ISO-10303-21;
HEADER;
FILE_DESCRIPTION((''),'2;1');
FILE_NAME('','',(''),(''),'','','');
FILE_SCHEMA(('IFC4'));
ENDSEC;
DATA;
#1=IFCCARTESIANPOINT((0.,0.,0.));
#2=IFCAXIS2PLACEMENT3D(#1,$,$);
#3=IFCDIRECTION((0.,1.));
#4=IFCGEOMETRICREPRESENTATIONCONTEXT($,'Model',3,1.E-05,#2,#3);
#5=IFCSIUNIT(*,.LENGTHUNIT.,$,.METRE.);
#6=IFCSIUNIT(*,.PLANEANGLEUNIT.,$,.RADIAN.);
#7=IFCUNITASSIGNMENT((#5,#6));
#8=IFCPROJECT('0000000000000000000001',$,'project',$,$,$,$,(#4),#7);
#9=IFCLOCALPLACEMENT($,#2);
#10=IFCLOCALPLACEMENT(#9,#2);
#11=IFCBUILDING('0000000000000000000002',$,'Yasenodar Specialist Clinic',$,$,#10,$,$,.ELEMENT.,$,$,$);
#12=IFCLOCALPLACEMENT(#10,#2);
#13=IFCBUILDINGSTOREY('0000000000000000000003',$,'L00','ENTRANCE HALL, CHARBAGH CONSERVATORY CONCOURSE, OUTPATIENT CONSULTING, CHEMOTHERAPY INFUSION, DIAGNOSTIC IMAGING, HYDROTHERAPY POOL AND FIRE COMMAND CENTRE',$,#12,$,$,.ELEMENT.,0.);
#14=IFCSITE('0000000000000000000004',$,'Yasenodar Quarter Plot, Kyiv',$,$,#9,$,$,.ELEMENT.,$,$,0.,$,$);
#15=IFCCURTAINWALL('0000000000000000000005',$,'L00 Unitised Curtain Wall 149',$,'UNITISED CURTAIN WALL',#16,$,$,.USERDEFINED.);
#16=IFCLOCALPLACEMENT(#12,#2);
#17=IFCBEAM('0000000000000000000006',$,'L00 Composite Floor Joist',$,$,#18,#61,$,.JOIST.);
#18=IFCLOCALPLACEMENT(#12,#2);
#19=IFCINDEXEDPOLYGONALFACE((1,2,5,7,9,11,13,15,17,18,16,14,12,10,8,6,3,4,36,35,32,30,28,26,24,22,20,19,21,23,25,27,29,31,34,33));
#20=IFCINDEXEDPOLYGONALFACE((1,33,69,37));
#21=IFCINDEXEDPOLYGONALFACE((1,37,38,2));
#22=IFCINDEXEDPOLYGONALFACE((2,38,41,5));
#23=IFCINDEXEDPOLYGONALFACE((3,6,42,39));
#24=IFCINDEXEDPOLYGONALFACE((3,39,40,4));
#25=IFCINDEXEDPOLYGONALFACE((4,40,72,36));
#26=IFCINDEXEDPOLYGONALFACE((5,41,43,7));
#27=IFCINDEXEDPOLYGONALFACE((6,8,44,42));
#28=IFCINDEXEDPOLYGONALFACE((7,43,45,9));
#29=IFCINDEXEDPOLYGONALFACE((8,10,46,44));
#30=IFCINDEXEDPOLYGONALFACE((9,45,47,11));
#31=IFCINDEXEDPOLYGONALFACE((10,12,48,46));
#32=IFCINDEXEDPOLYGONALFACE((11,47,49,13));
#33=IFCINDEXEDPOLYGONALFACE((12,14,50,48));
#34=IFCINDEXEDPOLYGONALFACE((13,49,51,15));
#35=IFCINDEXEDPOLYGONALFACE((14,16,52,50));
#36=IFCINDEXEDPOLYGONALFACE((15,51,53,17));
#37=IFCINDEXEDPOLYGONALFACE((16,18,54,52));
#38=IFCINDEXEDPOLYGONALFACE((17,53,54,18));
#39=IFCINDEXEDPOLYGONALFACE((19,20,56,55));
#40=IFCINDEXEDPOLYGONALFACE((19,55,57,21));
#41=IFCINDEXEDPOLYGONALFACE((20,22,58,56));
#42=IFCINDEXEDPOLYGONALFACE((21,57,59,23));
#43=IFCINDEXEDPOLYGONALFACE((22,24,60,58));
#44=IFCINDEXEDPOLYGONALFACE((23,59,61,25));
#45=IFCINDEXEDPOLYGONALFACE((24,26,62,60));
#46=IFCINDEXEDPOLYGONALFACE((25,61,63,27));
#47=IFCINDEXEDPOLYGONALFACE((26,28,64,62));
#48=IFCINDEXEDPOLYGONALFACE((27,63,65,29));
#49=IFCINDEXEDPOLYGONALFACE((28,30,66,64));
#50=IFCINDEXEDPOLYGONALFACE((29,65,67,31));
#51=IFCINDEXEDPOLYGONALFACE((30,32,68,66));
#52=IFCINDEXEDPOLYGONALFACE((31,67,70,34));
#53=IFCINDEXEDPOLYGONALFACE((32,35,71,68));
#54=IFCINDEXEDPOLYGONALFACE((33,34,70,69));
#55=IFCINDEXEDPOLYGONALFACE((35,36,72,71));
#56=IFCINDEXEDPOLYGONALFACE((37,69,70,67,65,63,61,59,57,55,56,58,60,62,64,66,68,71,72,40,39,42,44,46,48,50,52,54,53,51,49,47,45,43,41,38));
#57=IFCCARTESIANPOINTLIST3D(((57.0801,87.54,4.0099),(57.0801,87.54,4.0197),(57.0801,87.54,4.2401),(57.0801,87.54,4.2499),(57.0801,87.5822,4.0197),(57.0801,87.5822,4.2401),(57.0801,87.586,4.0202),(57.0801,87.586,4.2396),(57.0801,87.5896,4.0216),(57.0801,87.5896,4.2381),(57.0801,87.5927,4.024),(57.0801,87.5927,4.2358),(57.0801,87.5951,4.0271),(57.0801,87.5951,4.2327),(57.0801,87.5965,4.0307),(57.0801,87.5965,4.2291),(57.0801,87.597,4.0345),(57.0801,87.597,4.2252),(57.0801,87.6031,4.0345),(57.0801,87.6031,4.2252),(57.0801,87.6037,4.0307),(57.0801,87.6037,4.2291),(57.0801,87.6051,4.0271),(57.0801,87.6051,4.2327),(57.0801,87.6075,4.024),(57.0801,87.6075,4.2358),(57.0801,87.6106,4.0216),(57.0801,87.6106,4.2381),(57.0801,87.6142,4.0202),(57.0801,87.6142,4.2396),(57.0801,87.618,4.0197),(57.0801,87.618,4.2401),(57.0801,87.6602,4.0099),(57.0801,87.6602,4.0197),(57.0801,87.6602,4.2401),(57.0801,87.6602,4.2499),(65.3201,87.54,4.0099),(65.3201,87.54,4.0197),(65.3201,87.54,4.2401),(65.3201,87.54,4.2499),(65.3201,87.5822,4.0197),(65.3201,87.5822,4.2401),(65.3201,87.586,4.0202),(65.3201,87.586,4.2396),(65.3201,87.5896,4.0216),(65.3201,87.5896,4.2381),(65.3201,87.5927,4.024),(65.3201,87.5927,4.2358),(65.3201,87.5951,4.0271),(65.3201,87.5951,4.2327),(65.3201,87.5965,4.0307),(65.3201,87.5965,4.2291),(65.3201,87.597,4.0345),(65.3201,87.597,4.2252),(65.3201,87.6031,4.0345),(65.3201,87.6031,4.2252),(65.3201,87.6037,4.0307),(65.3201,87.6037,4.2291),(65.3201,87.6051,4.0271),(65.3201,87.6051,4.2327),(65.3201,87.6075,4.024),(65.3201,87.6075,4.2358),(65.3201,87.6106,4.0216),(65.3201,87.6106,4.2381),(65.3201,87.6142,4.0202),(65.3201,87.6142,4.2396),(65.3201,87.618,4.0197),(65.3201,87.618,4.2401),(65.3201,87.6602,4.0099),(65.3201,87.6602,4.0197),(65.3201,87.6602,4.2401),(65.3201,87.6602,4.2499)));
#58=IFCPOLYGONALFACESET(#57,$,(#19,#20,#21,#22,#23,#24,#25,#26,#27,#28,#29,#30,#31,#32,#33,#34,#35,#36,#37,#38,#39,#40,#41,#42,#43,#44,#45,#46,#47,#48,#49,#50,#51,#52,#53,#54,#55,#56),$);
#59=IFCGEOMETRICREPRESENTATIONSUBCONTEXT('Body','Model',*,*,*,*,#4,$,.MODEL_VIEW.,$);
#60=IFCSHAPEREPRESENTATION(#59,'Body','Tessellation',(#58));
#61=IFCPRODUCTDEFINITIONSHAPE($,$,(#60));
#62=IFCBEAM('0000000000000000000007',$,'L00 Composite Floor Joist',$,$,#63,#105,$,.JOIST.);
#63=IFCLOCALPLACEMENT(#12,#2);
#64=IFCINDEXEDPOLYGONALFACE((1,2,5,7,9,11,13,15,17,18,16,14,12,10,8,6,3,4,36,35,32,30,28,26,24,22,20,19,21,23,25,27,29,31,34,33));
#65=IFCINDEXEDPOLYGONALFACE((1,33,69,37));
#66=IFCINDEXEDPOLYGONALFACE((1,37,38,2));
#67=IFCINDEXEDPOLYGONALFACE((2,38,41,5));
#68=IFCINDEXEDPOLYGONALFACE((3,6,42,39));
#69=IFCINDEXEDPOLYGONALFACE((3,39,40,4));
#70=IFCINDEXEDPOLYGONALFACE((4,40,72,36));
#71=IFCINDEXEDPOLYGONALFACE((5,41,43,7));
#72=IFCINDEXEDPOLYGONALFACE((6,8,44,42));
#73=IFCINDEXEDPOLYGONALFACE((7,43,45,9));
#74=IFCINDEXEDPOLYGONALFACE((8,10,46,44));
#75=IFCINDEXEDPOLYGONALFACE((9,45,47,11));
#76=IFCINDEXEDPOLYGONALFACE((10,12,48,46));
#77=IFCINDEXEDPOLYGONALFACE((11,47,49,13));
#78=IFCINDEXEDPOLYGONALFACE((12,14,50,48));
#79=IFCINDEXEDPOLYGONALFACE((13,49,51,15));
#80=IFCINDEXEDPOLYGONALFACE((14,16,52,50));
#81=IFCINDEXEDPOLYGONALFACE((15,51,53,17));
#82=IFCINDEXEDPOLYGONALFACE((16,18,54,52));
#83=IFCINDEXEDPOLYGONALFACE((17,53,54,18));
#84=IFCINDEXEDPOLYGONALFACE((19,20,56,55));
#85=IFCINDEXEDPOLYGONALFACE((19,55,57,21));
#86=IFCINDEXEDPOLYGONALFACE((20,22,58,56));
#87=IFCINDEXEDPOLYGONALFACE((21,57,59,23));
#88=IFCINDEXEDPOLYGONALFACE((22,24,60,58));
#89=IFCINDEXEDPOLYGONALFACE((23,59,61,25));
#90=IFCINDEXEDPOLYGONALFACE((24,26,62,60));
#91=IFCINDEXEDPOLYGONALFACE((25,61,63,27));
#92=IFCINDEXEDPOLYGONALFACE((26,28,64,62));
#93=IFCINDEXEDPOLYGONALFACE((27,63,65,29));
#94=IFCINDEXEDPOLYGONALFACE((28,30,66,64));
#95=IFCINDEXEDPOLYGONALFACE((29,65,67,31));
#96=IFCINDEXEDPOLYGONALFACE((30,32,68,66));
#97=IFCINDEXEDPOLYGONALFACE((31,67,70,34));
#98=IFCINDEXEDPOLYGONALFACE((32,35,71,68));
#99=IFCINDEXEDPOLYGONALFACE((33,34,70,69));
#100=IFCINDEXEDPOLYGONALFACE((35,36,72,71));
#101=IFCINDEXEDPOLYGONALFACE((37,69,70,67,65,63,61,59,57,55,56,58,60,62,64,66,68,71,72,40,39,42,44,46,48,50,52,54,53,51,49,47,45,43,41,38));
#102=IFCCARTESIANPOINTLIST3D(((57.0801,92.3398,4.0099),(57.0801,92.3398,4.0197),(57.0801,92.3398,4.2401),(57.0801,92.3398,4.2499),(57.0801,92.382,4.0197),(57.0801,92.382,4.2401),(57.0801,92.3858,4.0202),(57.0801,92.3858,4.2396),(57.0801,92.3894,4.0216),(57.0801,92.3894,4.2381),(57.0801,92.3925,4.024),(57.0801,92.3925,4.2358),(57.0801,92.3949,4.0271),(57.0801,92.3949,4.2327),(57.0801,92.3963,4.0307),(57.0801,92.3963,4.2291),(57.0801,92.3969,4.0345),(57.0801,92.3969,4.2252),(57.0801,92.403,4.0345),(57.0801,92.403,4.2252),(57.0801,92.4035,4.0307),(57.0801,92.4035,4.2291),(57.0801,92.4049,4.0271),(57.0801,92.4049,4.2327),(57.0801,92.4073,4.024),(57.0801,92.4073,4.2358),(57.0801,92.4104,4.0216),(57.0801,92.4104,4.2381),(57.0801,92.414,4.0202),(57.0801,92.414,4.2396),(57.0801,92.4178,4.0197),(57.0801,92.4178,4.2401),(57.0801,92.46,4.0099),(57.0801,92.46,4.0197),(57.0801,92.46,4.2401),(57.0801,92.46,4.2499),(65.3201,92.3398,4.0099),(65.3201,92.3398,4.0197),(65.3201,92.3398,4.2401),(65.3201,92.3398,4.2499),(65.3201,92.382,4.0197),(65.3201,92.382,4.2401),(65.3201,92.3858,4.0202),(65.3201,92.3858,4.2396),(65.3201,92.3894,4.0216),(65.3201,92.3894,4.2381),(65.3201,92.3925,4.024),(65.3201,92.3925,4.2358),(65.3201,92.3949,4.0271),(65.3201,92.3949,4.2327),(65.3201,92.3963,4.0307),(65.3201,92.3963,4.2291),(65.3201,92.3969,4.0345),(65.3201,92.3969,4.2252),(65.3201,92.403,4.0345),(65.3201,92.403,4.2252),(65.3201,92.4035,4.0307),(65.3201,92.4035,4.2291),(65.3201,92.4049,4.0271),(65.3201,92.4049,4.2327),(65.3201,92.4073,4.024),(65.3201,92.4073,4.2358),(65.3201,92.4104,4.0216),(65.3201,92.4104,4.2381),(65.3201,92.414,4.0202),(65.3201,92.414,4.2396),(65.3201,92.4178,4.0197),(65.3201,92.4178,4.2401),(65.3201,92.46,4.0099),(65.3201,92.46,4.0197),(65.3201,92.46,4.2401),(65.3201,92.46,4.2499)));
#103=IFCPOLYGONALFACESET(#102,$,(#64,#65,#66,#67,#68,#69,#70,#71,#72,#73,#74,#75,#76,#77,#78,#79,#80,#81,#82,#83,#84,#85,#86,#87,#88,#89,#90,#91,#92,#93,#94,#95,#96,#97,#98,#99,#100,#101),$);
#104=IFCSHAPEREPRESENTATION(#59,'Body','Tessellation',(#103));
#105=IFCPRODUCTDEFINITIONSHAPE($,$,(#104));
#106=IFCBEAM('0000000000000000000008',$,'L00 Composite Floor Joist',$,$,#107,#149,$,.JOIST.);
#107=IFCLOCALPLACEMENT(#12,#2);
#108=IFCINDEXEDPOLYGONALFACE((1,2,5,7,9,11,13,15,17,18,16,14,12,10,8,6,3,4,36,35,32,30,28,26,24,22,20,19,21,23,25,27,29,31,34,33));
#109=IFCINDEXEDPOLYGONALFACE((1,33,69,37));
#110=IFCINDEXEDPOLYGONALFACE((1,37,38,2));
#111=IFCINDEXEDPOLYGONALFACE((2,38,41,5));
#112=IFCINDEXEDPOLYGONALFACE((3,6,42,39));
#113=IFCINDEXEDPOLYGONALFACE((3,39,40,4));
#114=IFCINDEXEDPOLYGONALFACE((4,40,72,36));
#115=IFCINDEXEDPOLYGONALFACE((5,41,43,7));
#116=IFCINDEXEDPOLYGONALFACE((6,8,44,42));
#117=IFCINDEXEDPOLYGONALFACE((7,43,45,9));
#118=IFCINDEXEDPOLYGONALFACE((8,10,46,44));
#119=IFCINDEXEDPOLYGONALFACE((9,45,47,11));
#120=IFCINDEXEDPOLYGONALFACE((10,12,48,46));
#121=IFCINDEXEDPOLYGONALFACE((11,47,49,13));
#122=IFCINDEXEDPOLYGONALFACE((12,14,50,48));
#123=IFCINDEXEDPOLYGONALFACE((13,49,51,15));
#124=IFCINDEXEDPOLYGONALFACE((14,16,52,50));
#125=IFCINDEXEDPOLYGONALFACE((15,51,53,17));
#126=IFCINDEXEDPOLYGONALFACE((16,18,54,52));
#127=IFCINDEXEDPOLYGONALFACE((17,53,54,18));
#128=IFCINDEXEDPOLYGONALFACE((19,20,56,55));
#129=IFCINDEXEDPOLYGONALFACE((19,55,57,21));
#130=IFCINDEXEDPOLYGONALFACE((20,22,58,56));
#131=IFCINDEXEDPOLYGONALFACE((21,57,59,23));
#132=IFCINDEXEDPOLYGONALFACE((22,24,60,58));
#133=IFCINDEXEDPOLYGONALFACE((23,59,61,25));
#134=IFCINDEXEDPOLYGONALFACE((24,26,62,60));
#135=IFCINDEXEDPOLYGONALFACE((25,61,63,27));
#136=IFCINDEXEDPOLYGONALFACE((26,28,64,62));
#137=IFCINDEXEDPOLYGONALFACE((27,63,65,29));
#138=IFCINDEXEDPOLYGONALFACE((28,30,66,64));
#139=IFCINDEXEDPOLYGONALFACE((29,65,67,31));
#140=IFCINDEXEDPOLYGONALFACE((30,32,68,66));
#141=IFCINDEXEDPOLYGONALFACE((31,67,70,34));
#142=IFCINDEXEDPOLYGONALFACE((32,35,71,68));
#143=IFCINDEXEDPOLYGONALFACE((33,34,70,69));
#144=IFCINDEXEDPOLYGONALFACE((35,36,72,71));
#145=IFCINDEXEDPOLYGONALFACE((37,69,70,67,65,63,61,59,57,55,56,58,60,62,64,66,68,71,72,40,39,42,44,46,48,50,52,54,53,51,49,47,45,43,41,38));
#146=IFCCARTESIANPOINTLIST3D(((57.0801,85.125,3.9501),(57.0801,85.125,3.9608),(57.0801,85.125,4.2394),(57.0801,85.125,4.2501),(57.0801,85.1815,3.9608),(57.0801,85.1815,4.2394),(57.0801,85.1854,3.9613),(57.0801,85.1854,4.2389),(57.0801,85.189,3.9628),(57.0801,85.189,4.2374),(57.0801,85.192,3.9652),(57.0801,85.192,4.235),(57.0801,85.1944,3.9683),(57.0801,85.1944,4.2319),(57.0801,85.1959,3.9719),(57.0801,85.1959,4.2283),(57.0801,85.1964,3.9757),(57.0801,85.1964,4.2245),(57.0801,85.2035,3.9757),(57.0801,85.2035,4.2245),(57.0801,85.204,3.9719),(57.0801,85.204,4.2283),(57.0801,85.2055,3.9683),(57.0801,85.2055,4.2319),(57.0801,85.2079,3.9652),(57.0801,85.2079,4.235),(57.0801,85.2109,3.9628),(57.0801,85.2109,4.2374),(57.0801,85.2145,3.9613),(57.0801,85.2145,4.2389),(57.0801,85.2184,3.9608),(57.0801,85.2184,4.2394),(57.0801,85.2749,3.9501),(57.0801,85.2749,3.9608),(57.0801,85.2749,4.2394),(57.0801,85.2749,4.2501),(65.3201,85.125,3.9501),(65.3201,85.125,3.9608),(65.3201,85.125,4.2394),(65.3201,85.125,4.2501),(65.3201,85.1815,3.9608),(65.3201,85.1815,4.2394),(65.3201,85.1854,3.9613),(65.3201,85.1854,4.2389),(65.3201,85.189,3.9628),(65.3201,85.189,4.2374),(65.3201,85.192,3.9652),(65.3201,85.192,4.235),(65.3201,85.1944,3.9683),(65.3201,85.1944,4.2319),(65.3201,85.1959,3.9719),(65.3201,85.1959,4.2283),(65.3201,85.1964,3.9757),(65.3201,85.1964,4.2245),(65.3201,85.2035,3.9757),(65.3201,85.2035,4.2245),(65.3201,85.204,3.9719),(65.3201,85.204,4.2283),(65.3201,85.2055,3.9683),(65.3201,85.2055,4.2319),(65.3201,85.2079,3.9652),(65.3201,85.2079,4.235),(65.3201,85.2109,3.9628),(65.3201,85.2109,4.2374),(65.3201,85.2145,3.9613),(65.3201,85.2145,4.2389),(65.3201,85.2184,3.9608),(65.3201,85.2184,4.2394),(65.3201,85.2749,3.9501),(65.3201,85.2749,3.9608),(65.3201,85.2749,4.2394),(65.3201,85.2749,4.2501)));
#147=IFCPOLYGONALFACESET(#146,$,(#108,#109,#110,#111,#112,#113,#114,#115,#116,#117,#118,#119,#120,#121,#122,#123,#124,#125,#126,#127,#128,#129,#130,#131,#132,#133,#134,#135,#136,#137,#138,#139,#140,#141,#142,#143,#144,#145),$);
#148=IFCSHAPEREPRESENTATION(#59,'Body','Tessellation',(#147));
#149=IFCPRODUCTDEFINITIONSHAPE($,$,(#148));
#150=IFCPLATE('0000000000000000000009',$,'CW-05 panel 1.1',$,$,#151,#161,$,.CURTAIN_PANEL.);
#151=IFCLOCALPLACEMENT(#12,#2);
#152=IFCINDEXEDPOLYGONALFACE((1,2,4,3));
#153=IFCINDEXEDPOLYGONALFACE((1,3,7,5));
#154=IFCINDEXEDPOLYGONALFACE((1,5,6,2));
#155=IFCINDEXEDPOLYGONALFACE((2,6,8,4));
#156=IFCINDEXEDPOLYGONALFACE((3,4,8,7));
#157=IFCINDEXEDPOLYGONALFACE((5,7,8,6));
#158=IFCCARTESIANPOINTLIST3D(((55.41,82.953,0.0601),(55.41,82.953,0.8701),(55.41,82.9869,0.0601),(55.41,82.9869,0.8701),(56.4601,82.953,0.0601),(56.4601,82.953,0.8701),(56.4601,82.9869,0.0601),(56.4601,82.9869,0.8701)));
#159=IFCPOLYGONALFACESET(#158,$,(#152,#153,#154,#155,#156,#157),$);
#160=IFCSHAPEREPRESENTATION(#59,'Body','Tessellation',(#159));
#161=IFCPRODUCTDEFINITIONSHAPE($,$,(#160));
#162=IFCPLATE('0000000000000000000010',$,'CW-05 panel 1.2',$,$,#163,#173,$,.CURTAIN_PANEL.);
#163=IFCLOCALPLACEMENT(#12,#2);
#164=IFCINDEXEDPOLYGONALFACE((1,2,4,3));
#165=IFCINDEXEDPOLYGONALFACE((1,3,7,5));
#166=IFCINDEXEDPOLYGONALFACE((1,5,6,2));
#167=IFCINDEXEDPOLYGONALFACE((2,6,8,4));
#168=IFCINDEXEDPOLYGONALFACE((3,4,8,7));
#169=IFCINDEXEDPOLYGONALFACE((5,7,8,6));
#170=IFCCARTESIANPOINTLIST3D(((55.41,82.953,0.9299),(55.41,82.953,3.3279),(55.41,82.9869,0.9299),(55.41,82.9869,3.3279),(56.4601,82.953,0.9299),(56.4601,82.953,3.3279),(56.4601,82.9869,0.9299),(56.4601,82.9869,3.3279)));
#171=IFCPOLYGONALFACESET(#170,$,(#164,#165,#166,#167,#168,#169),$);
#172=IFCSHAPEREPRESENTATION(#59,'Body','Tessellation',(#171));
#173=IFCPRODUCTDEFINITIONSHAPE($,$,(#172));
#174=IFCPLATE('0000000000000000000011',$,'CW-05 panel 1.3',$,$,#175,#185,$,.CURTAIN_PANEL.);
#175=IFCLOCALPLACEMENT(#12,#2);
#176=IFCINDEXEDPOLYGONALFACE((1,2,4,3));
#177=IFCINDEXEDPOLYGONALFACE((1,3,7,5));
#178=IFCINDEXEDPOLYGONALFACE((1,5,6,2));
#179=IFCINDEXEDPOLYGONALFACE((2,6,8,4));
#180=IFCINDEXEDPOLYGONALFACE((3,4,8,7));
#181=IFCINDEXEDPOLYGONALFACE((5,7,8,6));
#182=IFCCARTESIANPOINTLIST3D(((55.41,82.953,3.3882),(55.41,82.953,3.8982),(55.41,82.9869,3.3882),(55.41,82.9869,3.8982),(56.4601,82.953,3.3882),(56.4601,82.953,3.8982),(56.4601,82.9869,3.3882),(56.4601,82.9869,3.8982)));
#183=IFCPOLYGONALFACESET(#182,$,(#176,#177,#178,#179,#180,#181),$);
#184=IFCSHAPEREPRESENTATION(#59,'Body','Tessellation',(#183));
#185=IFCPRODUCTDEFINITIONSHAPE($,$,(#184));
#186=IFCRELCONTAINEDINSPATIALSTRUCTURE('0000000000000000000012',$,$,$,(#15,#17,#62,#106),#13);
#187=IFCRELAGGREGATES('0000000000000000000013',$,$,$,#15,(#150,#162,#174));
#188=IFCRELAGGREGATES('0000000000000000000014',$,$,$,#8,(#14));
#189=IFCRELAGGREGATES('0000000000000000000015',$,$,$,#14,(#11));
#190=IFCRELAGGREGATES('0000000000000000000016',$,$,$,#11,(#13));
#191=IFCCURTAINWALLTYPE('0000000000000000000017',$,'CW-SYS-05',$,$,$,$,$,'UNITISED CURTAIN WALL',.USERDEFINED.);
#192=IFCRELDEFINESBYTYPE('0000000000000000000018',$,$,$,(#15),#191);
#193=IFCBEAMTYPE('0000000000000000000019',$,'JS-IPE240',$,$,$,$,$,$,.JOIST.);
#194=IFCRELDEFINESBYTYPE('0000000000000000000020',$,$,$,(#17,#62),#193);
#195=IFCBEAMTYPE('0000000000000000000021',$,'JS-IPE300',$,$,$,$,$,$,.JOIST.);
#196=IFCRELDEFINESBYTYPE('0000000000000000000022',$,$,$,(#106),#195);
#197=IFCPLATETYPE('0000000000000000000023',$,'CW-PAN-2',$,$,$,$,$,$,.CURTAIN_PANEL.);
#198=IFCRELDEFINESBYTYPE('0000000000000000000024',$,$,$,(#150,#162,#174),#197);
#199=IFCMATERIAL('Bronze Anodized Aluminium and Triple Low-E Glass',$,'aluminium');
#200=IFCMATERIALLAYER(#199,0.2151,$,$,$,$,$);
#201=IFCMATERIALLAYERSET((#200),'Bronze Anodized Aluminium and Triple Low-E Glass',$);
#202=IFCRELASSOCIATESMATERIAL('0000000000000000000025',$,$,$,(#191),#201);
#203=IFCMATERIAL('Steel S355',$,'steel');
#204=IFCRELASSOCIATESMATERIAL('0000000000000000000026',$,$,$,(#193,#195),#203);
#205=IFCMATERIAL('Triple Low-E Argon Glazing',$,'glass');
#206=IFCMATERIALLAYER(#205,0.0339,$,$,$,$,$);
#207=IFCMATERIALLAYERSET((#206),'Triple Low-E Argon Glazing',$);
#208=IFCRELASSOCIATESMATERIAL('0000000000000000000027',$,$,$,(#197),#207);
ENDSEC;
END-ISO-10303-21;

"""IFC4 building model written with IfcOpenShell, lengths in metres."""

from ifc_helpers import new_model, si_unit, direction, frame, origin, origin_2d, place, context, subcontext, project, spatial, rectangle, i_section, extrude, material, layer, layer_set, material_profile, profile_set, type_object, element, aggregate, save


model = new_model("IFC4")

# Units and contexts
model_context = context("Model", 3, precision=1e-05, world=origin(), true_north=direction((0.0, 1.0)))
body_context = subcontext(model_context, "Body", "Model", "MODEL_VIEW")
ifc_project = project(units=[si_unit("LENGTHUNIT", "METRE"), si_unit("PLANEANGLEUNIT", "RADIAN")], contexts=[model_context])

# Site, building, storey
site_placement = place(None, origin())
site = spatial("IfcSite", under=ifc_project, at=site_placement, Name="Yasenodar Quarter Plot, Kyiv", CompositionType="ELEMENT", RefElevation=0.0)
building_placement = place(site_placement, origin())
building = spatial("IfcBuilding", under=site, at=building_placement, Name="Yasenodar Specialist Clinic", CompositionType="ELEMENT")
storey_placement = place(building_placement, origin())
storey = spatial("IfcBuildingStorey", under=building, at=storey_placement, Name="L00", Description="ENTRANCE HALL, CHARBAGH CONSERVATORY CONCOURSE, OUTPATIENT CONSULTING, CHEMOTHERAPY INFUSION, DIAGNOSTIC IMAGING, HYDROTHERAPY POOL AND FIRE COMMAND CENTRE", CompositionType="ELEMENT", Elevation=0.0)

# Shared definitions
ifc_material_1 = material(Name="Steel S355", Category="steel")

# Curtain wall
ifc_material_2 = material(Name="Bronze Anodized Aluminium and Triple Low-E Glass", Category="aluminium")
ifc_layer_1 = layer(ifc_material_2, 0.2151)
ifc_layer_set_1 = layer_set([ifc_layer_1], Name="Bronze Anodized Aluminium and Triple Low-E Glass")
curtain_wall_type = type_object("IfcCurtainWallType", Name="CW-SYS-05", ElementType="UNITISED CURTAIN WALL", PredefinedType="USERDEFINED", material=ifc_layer_set_1)
curtain_wall_placement = place(storey_placement, origin())
curtain_wall = element("IfcCurtainWall", 1, at=curtain_wall_placement, inside=storey, type_object=curtain_wall_type, Name="L00 Unitised Curtain Wall 149", ObjectType="UNITISED CURTAIN WALL", PredefinedType="USERDEFINED")

# Beams
ifc_material_profile_1 = material_profile(ifc_material_1, i_section(OverallWidth=0.1201, OverallDepth=0.24, WebThickness=0.0061, FlangeThickness=0.0098, FilletRadius=0.0149, at=origin_2d()), Name="IPE 240")
ifc_profile_set_1 = profile_set([ifc_material_profile_1], Name="Steel S355")
beam_type_1 = type_object("IfcBeamType", Name="JS-IPE240", PredefinedType="JOIST", material=ifc_profile_set_1)
for number, where, z_axis, x_axis, name in (
    (2, (57.0801, 87.6001, 4.1299), (1.0, 0.0, 0.0), (0.0, 1.0, 0.0), "L00 Composite Floor Joist"),
    (3, (57.0801, 92.3999, 4.1299), (1.0, 0.0, 0.0), (0.0, 1.0, 0.0), "L00 Composite Floor Joist"),
):
    element("IfcBeam", number, at=place(storey_placement, frame(where, z_axis=z_axis, x_axis=x_axis)), inside=storey, type_object=beam_type_1, Name=name, PredefinedType="JOIST", context=body_context, shape_type="SweptSolid", body=[
        extrude(i_section(OverallWidth=0.1201, OverallDepth=0.24, WebThickness=0.0061, FlangeThickness=0.0098, FilletRadius=0.0149, at=origin_2d()), origin(), (0.0, 0.0, 1.0), 8.24),
    ])
ifc_material_profile_2 = material_profile(ifc_material_1, i_section(OverallWidth=0.1499, OverallDepth=0.3, WebThickness=0.0071, FlangeThickness=0.0107, FilletRadius=0.0149, at=origin_2d()), Name="IPE 300")
ifc_profile_set_2 = profile_set([ifc_material_profile_2], Name="Steel S355")
beam_type_2 = type_object("IfcBeamType", Name="JS-IPE300", PredefinedType="JOIST", material=ifc_profile_set_2)
beam_1_placement = place(storey_placement, frame((57.0801, 85.2, 4.1001), z_axis=(1.0, 0.0, 0.0), x_axis=(0.0, 1.0, 0.0)))
element("IfcBeam", 4, at=beam_1_placement, inside=storey, type_object=beam_type_2, Name="L00 Composite Floor Joist", PredefinedType="JOIST", context=body_context, shape_type="SweptSolid", body=[
    extrude(i_section(OverallWidth=0.1499, OverallDepth=0.3, WebThickness=0.0071, FlangeThickness=0.0107, FilletRadius=0.0149, at=origin_2d()), origin(), (0.0, 0.0, 1.0), 8.24),
])

# Plates
ifc_material_3 = material(Name="Triple Low-E Argon Glazing", Category="glass")
ifc_layer_2 = layer(ifc_material_3, 0.0339)
ifc_layer_set_2 = layer_set([ifc_layer_2], Name="Triple Low-E Argon Glazing")
plate_type = type_object("IfcPlateType", Name="CW-PAN-2", PredefinedType="CURTAIN_PANEL", material=ifc_layer_set_2)
plate_1_placement = place(storey_placement, frame((55.9351, 82.97, 0.0601), z_axis=(0.0, 0.0, 1.0), x_axis=(-1.0, 0.0, 0.0)))
plate_1 = element("IfcPlate", 5, at=plate_1_placement, type_object=plate_type, Name="CW-05 panel 1.1", PredefinedType="CURTAIN_PANEL", context=body_context, shape_type="SweptSolid", body=[
    extrude(rectangle(XDim=1.05, YDim=0.0339, at=origin_2d()), origin(), (0.0, 0.0, 1.0), 0.8101),
])
plate_2_placement = place(storey_placement, frame((55.9351, 82.97, 0.9299), z_axis=(0.0, 0.0, 1.0), x_axis=(-1.0, 0.0, 0.0)))
plate_2 = element("IfcPlate", 6, at=plate_2_placement, type_object=plate_type, Name="CW-05 panel 1.2", PredefinedType="CURTAIN_PANEL", context=body_context, shape_type="SweptSolid", body=[
    extrude(rectangle(XDim=1.05, YDim=0.0339, at=origin_2d()), origin(), (0.0, 0.0, 1.0), 2.3979),
])
plate_3_placement = place(storey_placement, frame((55.9351, 82.97, 3.3882), z_axis=(0.0, 0.0, 1.0), x_axis=(-1.0, 0.0, 0.0)))
plate_3 = element("IfcPlate", 7, at=plate_3_placement, type_object=plate_type, Name="CW-05 panel 1.3", PredefinedType="CURTAIN_PANEL", context=body_context, shape_type="SweptSolid", body=[
    extrude(rectangle(XDim=1.05, YDim=0.0339, at=origin_2d()), origin(), (0.0, 0.0, 1.0), 0.51),
])
aggregate(curtain_wall, [plate_1, plate_2, plate_3])

save(model, "model.ifc")
